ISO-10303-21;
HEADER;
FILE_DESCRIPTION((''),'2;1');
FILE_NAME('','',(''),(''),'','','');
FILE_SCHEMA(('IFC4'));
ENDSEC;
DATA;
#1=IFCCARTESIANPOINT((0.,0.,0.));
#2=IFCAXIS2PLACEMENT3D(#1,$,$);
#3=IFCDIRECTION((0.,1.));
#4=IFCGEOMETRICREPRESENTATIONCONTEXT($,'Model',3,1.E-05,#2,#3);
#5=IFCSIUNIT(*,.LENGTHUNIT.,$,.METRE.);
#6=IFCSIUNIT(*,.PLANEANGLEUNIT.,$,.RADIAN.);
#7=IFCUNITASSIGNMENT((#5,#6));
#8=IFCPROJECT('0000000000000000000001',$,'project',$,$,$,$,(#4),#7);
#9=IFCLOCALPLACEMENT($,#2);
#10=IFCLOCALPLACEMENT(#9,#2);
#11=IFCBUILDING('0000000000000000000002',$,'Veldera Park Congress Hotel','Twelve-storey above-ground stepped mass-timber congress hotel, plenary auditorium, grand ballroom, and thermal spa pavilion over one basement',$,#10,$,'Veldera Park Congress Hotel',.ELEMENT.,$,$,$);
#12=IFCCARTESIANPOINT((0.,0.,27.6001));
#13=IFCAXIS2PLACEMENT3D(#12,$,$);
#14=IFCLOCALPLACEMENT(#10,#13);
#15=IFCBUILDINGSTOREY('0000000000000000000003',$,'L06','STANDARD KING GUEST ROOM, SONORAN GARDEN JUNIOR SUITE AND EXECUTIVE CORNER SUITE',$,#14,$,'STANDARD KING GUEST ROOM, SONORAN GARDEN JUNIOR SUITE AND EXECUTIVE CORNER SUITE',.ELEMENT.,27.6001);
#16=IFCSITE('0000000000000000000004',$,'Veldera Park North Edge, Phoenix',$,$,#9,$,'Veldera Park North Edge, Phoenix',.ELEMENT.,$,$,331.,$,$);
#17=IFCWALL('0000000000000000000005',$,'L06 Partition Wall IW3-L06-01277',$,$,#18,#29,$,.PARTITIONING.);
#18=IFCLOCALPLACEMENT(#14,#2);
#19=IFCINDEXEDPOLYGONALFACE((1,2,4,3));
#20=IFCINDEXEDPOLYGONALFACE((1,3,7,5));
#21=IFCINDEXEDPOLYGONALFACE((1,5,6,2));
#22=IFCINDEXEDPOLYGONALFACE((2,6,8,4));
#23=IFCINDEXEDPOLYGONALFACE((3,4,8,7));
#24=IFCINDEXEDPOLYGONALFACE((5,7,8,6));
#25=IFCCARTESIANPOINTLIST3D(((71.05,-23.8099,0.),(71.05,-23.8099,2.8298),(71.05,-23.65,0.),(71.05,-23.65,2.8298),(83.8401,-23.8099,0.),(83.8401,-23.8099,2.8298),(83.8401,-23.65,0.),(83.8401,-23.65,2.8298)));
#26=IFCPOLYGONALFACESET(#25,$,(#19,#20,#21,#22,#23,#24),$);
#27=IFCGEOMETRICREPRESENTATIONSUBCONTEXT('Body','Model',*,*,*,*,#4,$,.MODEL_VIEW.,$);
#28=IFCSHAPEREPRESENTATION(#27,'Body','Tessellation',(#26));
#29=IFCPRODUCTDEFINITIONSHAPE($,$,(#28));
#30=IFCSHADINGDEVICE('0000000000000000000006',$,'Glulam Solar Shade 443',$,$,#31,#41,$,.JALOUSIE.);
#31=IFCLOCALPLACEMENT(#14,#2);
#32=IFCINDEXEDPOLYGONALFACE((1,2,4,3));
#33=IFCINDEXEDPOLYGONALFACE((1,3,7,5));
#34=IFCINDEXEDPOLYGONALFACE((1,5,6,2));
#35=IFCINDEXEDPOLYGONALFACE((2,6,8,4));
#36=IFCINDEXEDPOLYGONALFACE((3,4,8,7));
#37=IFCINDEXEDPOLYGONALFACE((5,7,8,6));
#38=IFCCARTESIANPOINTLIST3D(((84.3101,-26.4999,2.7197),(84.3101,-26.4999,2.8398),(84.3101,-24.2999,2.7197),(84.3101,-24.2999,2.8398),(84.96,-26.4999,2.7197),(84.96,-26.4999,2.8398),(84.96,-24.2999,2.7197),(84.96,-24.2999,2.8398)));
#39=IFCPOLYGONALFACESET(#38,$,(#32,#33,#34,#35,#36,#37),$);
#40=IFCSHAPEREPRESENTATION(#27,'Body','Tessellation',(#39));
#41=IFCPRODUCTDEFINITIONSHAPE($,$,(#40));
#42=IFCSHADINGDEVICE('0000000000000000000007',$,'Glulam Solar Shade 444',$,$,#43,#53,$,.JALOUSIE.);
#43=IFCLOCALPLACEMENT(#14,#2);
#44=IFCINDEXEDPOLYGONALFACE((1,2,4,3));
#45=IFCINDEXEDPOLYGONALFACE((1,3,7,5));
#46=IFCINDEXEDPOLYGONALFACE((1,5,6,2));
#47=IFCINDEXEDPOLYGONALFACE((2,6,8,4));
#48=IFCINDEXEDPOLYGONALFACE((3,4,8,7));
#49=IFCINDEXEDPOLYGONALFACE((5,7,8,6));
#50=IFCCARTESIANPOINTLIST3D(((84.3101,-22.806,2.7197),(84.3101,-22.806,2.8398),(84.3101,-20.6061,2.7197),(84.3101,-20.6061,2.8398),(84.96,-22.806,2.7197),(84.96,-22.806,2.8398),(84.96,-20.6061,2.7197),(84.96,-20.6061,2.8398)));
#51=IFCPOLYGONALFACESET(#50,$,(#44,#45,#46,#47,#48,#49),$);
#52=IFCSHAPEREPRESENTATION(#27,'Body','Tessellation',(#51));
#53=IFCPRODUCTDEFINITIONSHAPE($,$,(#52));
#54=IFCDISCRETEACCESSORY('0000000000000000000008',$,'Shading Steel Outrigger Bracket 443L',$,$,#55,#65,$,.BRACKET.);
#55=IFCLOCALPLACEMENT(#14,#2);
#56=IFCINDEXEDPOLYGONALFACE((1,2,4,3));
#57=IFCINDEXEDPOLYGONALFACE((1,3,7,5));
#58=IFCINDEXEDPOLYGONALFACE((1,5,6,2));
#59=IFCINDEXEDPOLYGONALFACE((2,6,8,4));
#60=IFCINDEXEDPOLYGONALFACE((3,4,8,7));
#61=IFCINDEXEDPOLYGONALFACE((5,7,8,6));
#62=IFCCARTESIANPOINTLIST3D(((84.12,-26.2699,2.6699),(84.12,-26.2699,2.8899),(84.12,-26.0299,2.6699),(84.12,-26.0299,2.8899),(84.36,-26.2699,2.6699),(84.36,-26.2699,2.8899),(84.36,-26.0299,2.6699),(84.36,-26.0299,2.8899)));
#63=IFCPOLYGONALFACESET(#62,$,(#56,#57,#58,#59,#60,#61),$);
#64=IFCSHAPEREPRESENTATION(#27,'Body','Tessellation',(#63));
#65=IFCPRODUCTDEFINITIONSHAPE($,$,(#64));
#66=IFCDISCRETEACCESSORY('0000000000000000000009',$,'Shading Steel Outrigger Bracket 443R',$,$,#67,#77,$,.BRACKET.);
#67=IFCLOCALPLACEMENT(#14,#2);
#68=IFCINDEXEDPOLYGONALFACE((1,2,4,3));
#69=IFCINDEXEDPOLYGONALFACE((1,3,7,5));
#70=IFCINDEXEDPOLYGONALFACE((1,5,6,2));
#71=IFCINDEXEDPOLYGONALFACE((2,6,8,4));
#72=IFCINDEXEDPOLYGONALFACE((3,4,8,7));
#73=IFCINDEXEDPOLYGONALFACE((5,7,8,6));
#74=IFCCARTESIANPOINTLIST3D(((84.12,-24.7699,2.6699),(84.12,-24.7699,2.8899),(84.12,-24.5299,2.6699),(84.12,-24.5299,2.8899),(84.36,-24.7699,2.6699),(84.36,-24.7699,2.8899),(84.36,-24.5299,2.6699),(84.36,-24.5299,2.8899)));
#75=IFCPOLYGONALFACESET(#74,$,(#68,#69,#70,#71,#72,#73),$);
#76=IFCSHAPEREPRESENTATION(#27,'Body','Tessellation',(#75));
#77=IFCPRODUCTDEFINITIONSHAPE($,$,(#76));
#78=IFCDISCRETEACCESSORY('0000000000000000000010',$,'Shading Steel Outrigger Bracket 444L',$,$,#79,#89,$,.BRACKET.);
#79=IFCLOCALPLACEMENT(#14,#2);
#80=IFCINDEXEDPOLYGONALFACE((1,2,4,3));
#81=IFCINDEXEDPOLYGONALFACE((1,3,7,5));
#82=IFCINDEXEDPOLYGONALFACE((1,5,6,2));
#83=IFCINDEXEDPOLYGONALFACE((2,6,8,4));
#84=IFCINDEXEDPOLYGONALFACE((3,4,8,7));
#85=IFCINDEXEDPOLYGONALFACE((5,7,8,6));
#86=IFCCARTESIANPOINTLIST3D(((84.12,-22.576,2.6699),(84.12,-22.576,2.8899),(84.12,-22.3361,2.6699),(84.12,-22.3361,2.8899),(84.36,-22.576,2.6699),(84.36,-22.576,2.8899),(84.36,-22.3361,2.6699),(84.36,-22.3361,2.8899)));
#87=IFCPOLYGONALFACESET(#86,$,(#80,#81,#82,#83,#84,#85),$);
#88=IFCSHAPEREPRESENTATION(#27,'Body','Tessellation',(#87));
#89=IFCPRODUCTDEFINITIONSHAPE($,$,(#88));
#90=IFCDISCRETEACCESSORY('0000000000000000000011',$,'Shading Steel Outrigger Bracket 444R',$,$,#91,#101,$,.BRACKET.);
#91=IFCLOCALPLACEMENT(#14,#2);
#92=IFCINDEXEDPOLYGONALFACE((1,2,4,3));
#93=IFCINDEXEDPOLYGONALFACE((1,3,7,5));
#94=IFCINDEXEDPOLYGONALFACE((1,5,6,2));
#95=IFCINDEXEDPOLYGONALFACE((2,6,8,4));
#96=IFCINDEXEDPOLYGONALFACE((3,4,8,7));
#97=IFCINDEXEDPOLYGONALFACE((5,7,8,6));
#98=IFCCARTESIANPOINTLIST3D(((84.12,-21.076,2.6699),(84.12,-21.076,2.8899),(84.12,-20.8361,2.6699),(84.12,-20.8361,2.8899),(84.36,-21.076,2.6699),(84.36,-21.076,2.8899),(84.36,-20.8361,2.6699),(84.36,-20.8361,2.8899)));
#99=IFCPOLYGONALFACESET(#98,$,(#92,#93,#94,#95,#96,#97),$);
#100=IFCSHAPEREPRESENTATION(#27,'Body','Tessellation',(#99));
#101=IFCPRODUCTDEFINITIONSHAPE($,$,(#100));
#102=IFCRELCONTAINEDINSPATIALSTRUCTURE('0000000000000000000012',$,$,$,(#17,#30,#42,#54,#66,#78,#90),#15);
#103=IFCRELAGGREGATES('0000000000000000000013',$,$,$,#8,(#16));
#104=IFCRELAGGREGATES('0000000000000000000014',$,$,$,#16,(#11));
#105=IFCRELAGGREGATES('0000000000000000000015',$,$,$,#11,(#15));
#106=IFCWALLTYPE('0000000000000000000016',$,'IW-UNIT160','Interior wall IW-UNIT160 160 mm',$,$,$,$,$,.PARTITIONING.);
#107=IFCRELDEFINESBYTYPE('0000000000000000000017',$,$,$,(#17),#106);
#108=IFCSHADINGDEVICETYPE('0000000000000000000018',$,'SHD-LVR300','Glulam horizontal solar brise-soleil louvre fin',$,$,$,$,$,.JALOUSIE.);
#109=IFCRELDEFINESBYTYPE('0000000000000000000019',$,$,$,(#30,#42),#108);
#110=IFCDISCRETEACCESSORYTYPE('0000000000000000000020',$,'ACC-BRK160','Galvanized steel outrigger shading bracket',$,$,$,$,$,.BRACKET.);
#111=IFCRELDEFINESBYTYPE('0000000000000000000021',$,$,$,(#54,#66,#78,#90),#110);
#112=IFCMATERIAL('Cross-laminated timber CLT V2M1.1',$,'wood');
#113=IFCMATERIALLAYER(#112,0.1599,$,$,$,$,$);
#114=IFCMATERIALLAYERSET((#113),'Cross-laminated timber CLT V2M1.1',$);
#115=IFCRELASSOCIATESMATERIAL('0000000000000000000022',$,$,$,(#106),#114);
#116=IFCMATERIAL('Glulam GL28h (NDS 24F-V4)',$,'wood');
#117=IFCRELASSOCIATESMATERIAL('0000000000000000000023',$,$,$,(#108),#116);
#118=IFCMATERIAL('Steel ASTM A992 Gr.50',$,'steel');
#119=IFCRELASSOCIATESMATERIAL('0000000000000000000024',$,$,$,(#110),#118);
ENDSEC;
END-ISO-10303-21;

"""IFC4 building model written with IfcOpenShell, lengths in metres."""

from ifc_helpers import new_model, si_unit, direction, frame, frame_2d, origin, origin_2d, place, context, subcontext, project, spatial, rectangle, extrude, material, layer, layer_set, type_object, element, save


model = new_model("IFC4")

# Units and contexts
model_context = context("Model", 3, precision=1e-05, world=origin(), true_north=direction((0.0, 1.0)))
body_context = subcontext(model_context, "Body", "Model", "MODEL_VIEW")
ifc_project = project(units=[si_unit("LENGTHUNIT", "METRE"), si_unit("PLANEANGLEUNIT", "RADIAN")], contexts=[model_context])

# Site, building, storey
site_placement = place(None, origin())
site = spatial("IfcSite", under=ifc_project, at=site_placement, Name="Veldera Park North Edge, Phoenix", LongName="Veldera Park North Edge, Phoenix", CompositionType="ELEMENT", RefElevation=331.0)
building_placement = place(site_placement, origin())
building = spatial("IfcBuilding", under=site, at=building_placement, Name="Veldera Park Congress Hotel", Description="Twelve-storey above-ground stepped mass-timber congress hotel, plenary auditorium, grand ballroom, and thermal spa pavilion over one basement", LongName="Veldera Park Congress Hotel", CompositionType="ELEMENT")
storey_placement = place(building_placement, frame((0.0, 0.0, 27.6001)))
storey = spatial("IfcBuildingStorey", under=building, at=storey_placement, Name="L06", Description="STANDARD KING GUEST ROOM, SONORAN GARDEN JUNIOR SUITE AND EXECUTIVE CORNER SUITE", LongName="STANDARD KING GUEST ROOM, SONORAN GARDEN JUNIOR SUITE AND EXECUTIVE CORNER SUITE", CompositionType="ELEMENT", Elevation=27.6001)

# Shared definitions
ifc_material_1 = material(Name="Glulam GL28h (NDS 24F-V4)", Category="wood")

# Shared definitions
ifc_material_2 = material(Name="Cross-laminated timber CLT V2M1.1", Category="wood")

# Wall
ifc_layer_1 = layer(ifc_material_2, 0.1599)
ifc_layer_set_1 = layer_set([ifc_layer_1], Name="Cross-laminated timber CLT V2M1.1")
wall_type_1 = type_object("IfcWallType", Name="IW-UNIT160", Description="Interior wall IW-UNIT160 160 mm", PredefinedType="PARTITIONING", material=ifc_layer_set_1)
wall_1_placement = place(storey_placement, frame((71.05, -23.73, 0.0), z_axis=(0.0, 0.0, 1.0), x_axis=(1.0, 0.0, 0.0)))
element("IfcWall", 1, at=wall_1_placement, inside=storey, type_object=wall_type_1, Name="L06 Partition Wall IW3-L06-01277", PredefinedType="PARTITIONING", context=body_context, shape_type="SweptSolid", body=[
    extrude(rectangle(XDim=12.79, YDim=0.1599, at=frame_2d((6.395, 0.0))), origin(), (0.0, 0.0, 1.0), 2.8298),
])

# Shading devices
shading_device_type = type_object("IfcShadingDeviceType", Name="SHD-LVR300", Description="Glulam horizontal solar brise-soleil louvre fin", PredefinedType="JALOUSIE", material=ifc_material_1)
for number, where, z_axis, x_axis, name in (
    (2, (84.635, -25.3999, 2.7197), (0.0, 0.0, 1.0), (0.0, 1.0, 0.0), "Glulam Solar Shade 443"),
    (3, (84.635, -21.7061, 2.7197), (0.0, 0.0, 1.0), (0.0, 1.0, 0.0), "Glulam Solar Shade 444"),
):
    element("IfcShadingDevice", number, at=place(storey_placement, frame(where, z_axis=z_axis, x_axis=x_axis)), inside=storey, type_object=shading_device_type, Name=name, PredefinedType="JALOUSIE", context=body_context, shape_type="SweptSolid", body=[
        extrude(rectangle(XDim=2.2, YDim=0.6499, at=origin_2d()), origin(), (0.0, 0.0, 1.0), 0.1201),
    ])

# Discrete accessories
ifc_material_3 = material(Name="Steel ASTM A992 Gr.50", Category="steel")
discrete_accessory_type = type_object("IfcDiscreteAccessoryType", Name="ACC-BRK160", Description="Galvanized steel outrigger shading bracket", PredefinedType="BRACKET", material=ifc_material_3)
for number, where, z_axis, x_axis, name in (
    (4, (84.24, -26.1499, 2.6699), (0.0, 0.0, 1.0), (0.0, 1.0, 0.0), "Shading Steel Outrigger Bracket 443L"),
    (5, (84.24, -24.6499, 2.6699), (0.0, 0.0, 1.0), (0.0, 1.0, 0.0), "Shading Steel Outrigger Bracket 443R"),
    (6, (84.24, -22.4561, 2.6699), (0.0, 0.0, 1.0), (0.0, 1.0, 0.0), "Shading Steel Outrigger Bracket 444L"),
    (7, (84.24, -20.9561, 2.6699), (0.0, 0.0, 1.0), (0.0, 1.0, 0.0), "Shading Steel Outrigger Bracket 444R"),
):
    element("IfcDiscreteAccessory", number, at=place(storey_placement, frame(where, z_axis=z_axis, x_axis=x_axis)), inside=storey, type_object=discrete_accessory_type, Name=name, PredefinedType="BRACKET", context=body_context, shape_type="SweptSolid", body=[
        extrude(rectangle(XDim=0.24, YDim=0.24, at=origin_2d()), origin(), (0.0, 0.0, 1.0), 0.22),
    ])

save(model, "model.ifc")
